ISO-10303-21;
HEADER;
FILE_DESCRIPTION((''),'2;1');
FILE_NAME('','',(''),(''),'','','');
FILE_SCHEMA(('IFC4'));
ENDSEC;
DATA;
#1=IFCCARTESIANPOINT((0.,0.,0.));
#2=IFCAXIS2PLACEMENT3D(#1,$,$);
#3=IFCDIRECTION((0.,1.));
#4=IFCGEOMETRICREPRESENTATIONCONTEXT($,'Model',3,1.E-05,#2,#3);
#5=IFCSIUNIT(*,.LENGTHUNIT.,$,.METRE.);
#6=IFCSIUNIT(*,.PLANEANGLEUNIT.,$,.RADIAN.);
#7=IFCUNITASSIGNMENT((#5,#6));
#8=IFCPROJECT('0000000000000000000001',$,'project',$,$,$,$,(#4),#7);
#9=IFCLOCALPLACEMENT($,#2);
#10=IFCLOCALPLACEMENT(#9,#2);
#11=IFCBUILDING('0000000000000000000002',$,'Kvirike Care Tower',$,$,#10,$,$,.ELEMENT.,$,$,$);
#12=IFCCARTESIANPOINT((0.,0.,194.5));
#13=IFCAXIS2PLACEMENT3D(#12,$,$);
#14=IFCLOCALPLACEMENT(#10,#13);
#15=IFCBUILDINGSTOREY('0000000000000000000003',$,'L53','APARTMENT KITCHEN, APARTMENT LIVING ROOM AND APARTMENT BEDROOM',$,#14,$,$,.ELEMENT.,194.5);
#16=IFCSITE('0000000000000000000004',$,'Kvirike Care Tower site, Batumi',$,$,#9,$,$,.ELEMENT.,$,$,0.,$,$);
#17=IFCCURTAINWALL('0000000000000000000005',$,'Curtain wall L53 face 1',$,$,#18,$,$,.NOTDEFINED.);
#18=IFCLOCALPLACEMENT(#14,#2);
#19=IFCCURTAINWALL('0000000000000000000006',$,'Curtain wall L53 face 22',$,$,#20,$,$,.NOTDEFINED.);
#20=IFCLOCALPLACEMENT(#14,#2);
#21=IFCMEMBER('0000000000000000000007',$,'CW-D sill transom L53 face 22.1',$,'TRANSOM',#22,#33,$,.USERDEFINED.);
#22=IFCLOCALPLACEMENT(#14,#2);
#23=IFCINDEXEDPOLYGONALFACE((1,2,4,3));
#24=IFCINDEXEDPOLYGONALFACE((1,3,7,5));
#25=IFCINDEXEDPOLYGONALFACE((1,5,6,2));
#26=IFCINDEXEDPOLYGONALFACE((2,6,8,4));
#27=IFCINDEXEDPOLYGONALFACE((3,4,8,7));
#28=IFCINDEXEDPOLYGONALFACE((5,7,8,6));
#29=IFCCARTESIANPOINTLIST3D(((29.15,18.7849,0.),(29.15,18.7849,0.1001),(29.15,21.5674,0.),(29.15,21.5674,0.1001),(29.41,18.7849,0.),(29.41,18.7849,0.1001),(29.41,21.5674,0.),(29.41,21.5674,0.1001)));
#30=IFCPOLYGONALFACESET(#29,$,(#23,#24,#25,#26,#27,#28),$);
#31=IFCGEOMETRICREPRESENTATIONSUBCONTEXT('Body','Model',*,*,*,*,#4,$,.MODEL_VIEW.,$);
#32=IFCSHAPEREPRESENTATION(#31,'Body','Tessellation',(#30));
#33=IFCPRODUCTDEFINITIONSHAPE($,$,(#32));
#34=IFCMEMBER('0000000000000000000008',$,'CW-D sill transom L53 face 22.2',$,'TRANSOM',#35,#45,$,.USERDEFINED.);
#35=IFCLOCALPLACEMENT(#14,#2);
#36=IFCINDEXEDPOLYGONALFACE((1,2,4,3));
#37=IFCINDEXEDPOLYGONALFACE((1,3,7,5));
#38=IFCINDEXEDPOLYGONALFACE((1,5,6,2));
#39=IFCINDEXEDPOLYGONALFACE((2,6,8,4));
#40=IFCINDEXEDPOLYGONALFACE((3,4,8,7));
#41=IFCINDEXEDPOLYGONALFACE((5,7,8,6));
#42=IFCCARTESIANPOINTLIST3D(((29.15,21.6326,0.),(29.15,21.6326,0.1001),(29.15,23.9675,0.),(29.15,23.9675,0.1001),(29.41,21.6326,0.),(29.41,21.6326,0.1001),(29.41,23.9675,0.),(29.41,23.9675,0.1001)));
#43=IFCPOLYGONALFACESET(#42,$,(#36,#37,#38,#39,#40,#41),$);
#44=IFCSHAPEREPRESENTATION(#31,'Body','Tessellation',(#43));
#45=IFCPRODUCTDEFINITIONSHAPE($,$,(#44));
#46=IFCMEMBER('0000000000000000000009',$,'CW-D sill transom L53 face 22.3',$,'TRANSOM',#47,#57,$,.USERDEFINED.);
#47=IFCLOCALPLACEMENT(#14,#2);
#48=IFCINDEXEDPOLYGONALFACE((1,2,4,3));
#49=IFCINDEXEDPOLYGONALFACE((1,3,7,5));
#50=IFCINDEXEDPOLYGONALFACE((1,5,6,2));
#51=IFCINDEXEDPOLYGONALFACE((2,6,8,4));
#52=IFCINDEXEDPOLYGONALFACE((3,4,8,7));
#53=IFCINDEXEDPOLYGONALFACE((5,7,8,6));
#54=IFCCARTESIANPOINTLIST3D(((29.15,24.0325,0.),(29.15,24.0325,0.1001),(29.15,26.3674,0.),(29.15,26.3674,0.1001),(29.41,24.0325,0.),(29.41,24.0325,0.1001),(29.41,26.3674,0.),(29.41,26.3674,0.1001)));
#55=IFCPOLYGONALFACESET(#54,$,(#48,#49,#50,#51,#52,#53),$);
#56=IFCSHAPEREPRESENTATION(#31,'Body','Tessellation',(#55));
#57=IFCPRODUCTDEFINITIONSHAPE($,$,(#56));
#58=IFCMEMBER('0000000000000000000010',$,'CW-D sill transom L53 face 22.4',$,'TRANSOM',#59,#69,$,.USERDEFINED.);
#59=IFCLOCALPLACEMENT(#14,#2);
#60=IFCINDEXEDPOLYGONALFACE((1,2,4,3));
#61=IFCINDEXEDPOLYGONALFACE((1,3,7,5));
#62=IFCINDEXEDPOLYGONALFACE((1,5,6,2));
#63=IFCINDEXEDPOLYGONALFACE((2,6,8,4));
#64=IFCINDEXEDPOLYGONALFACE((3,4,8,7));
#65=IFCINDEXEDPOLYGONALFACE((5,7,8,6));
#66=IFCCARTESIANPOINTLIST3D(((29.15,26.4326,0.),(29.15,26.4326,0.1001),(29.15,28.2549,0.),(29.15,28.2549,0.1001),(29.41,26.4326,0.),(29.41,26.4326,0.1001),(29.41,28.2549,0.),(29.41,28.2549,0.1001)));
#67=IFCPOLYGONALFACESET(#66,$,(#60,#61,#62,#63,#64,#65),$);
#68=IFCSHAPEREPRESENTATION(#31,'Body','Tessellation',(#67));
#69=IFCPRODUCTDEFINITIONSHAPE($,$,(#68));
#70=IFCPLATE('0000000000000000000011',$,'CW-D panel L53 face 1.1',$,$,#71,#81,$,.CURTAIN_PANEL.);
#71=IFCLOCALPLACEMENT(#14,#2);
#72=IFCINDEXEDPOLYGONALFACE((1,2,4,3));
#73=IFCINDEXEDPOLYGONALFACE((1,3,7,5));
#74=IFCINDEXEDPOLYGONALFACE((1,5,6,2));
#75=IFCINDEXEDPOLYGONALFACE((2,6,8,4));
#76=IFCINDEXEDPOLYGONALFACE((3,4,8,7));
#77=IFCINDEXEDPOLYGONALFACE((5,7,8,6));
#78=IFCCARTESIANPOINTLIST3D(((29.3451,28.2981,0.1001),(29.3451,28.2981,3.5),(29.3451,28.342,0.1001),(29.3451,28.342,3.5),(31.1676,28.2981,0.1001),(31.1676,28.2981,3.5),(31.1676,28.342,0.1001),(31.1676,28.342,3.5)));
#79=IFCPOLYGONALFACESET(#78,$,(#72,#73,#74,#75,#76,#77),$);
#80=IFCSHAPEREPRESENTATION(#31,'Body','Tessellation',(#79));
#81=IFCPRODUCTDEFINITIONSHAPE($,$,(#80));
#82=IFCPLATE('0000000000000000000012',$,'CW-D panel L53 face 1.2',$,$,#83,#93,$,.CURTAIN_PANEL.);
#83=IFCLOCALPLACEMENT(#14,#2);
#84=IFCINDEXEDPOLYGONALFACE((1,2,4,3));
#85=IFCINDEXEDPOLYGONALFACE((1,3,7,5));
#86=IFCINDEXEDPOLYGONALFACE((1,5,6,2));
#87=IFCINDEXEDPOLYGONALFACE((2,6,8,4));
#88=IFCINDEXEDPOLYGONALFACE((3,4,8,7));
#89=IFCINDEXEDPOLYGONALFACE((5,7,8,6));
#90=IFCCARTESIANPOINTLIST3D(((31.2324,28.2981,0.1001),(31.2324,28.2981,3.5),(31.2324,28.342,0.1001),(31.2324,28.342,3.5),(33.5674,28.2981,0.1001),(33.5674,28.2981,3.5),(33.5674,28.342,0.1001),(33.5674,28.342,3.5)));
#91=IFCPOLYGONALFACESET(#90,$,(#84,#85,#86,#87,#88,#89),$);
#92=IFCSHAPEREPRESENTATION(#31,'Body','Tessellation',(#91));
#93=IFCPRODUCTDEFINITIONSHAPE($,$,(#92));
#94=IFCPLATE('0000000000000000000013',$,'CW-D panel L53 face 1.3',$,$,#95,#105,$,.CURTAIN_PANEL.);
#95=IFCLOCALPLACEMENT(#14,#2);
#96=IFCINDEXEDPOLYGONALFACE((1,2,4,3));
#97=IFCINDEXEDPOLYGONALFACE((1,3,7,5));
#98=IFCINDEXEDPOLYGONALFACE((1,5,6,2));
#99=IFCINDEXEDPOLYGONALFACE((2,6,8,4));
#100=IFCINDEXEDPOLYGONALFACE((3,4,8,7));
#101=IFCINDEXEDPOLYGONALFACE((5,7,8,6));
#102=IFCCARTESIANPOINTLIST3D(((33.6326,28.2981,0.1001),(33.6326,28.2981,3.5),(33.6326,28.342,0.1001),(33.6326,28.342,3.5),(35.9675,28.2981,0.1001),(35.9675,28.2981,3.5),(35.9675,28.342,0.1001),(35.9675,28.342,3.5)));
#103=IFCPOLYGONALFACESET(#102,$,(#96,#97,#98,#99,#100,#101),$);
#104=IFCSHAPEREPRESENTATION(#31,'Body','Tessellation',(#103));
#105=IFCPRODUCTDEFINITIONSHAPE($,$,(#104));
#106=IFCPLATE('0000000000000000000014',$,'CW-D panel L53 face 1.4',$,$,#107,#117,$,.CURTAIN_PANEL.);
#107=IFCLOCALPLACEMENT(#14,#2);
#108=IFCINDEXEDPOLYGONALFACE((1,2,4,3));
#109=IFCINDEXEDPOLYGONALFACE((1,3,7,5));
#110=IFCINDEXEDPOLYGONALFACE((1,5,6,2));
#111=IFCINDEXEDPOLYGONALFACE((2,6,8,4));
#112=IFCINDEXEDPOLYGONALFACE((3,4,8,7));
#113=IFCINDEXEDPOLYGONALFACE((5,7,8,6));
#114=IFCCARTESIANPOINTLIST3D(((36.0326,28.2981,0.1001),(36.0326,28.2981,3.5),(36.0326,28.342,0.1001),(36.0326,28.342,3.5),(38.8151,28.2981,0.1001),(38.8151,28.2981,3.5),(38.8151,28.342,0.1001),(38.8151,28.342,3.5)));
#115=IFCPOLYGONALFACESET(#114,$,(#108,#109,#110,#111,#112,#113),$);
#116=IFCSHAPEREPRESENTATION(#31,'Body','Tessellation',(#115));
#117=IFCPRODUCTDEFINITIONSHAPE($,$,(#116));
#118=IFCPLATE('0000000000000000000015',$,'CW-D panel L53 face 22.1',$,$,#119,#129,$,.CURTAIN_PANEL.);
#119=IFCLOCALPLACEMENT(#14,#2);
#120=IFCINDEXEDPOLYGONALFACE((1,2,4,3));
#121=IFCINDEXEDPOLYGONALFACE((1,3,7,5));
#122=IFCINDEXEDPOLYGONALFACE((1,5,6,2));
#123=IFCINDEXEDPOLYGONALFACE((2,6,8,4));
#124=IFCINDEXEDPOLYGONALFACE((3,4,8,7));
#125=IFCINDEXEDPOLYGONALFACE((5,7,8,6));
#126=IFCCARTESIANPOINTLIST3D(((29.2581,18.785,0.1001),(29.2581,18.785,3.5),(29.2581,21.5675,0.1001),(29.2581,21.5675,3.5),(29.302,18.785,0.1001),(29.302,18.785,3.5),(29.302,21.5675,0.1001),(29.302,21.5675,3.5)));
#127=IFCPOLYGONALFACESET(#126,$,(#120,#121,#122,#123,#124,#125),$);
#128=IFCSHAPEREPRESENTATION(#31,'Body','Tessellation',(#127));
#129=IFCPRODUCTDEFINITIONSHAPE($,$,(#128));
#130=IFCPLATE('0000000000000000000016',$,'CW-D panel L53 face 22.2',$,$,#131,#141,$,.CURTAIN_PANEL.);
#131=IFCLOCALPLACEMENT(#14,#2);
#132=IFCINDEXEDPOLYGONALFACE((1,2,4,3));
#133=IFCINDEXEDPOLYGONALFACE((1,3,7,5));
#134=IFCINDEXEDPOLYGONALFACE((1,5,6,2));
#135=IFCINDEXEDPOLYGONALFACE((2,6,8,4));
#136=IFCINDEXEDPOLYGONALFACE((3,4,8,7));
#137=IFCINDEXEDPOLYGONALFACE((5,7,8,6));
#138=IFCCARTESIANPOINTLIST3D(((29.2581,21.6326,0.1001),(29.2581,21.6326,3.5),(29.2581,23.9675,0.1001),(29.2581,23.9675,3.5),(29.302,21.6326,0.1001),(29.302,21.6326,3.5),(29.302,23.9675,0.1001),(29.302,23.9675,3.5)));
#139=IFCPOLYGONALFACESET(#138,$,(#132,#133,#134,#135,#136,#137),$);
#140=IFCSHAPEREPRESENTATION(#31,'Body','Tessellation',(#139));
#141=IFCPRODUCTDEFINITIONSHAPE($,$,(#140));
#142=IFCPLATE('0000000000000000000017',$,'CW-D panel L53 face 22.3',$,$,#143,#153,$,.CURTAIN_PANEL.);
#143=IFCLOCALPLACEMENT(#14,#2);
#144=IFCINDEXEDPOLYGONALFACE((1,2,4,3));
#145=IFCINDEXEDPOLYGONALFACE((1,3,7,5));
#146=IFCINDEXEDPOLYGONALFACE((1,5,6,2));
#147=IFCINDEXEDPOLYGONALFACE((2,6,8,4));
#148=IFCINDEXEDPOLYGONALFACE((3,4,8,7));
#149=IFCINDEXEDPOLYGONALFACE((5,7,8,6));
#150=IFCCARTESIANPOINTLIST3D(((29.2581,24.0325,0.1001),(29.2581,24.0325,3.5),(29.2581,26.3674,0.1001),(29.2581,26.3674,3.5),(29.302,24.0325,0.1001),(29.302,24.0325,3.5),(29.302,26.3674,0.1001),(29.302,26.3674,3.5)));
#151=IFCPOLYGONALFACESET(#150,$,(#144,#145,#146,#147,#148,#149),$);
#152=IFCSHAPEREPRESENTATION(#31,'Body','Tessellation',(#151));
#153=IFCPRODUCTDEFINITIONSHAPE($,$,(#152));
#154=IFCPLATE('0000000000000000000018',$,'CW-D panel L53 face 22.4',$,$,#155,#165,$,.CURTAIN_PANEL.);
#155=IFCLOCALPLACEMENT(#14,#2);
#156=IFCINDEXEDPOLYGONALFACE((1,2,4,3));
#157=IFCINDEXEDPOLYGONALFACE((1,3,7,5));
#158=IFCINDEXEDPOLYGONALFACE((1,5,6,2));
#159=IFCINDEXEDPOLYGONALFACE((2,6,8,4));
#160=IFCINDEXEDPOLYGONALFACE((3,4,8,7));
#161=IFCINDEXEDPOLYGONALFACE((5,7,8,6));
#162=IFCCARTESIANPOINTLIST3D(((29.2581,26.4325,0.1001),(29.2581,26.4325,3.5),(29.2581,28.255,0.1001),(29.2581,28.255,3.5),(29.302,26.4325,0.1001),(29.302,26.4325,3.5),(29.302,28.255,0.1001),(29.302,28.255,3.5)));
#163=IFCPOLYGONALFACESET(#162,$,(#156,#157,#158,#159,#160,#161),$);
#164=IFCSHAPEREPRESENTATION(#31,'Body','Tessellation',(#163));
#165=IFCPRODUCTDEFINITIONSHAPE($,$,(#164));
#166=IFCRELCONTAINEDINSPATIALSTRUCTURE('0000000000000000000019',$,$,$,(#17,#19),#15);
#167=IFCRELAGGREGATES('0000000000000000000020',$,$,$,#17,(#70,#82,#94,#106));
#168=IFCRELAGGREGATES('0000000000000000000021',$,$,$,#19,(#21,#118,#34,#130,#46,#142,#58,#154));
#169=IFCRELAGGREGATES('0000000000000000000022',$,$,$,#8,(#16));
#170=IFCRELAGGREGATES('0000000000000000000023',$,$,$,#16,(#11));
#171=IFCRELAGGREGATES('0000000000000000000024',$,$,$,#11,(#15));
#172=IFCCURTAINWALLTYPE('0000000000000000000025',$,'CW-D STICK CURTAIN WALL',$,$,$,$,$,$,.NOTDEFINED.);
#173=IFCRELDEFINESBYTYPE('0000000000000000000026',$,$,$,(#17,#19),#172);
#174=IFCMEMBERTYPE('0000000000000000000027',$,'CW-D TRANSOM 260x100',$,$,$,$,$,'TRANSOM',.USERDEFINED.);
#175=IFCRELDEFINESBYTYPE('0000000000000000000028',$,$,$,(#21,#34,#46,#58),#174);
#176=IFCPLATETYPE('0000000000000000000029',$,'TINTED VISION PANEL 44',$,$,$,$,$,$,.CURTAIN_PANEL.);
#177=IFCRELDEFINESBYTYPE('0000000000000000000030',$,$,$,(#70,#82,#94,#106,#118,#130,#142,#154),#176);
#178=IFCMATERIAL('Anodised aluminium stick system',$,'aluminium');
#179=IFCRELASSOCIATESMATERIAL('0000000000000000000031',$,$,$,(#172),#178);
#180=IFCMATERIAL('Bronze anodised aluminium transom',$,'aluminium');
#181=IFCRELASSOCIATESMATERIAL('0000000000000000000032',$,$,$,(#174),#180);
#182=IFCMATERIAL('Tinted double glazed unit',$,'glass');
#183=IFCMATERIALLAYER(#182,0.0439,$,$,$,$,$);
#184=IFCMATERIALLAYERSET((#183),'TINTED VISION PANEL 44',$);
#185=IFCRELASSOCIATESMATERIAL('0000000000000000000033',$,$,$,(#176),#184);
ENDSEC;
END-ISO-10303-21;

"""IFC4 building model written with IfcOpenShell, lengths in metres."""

from ifc_helpers import new_model, si_unit, direction, frame, origin, origin_2d, place, context, subcontext, project, spatial, rectangle, extrude, material, layer, layer_set, material_profile, profile_set, type_object, element, aggregate, save


model = new_model("IFC4")

# Units and contexts
model_context = context("Model", 3, precision=1e-05, world=origin(), true_north=direction((0.0, 1.0)))
body_context = subcontext(model_context, "Body", "Model", "MODEL_VIEW")
ifc_project = project(units=[si_unit("LENGTHUNIT", "METRE"), si_unit("PLANEANGLEUNIT", "RADIAN")], contexts=[model_context])

# Site, building, storey
site_placement = place(None, origin())
site = spatial("IfcSite", under=ifc_project, at=site_placement, Name="Kvirike Care Tower site, Batumi", CompositionType="ELEMENT", RefElevation=0.0)
building_placement = place(site_placement, origin())
building = spatial("IfcBuilding", under=site, at=building_placement, Name="Kvirike Care Tower", CompositionType="ELEMENT")
storey_placement = place(building_placement, frame((0.0, 0.0, 194.5)))
storey = spatial("IfcBuildingStorey", under=building, at=storey_placement, Name="L53", Description="APARTMENT KITCHEN, APARTMENT LIVING ROOM AND APARTMENT BEDROOM", CompositionType="ELEMENT", Elevation=194.5)

# Curtain walls
ifc_material_1 = material(Name="Anodised aluminium stick system", Category="aluminium")
curtain_wall_type = type_object("IfcCurtainWallType", Name="CW-D STICK CURTAIN WALL", PredefinedType="NOTDEFINED", material=ifc_material_1)
curtain_wall_1_placement = place(storey_placement, origin())
curtain_wall_1 = element("IfcCurtainWall", 1, at=curtain_wall_1_placement, inside=storey, type_object=curtain_wall_type, Name="Curtain wall L53 face 1", PredefinedType="NOTDEFINED")
curtain_wall_2_placement = place(storey_placement, origin())
curtain_wall_2 = element("IfcCurtainWall", 2, at=curtain_wall_2_placement, inside=storey, type_object=curtain_wall_type, Name="Curtain wall L53 face 22", PredefinedType="NOTDEFINED")

# Members
ifc_material_2 = material(Name="Bronze anodised aluminium transom", Category="aluminium")
ifc_material_profile_1 = material_profile(ifc_material_2, rectangle(XDim=0.26, YDim=0.1001, at=origin_2d()), Name="CW-D TRANSOM 260x100")
ifc_profile_set_1 = profile_set([ifc_material_profile_1], Name="Bronze anodised aluminium transom")
member_type_1 = type_object("IfcMemberType", Name="CW-D TRANSOM 260x100", ElementType="TRANSOM", PredefinedType="USERDEFINED", material=ifc_profile_set_1)
member_1_placement = place(storey_placement, frame((29.28, 18.7849, 0.05), z_axis=(0.0, 1.0, 0.0), x_axis=(-1.0, 0.0, 0.0)))
member_1 = element("IfcMember", 3, at=member_1_placement, type_object=member_type_1, Name="CW-D sill transom L53 face 22.1", ObjectType="TRANSOM", PredefinedType="USERDEFINED", context=body_context, shape_type="SweptSolid", body=[
    extrude(rectangle(XDim=0.26, YDim=0.1001, at=origin_2d()), origin(), (0.0, 0.0, 1.0), 2.7825),
])
member_2_placement = place(storey_placement, frame((29.28, 21.6326, 0.05), z_axis=(0.0, 1.0, 0.0), x_axis=(-1.0, 0.0, 0.0)))
member_2 = element("IfcMember", 4, at=member_2_placement, type_object=member_type_1, Name="CW-D sill transom L53 face 22.2", ObjectType="TRANSOM", PredefinedType="USERDEFINED", context=body_context, shape_type="SweptSolid", body=[
    extrude(rectangle(XDim=0.26, YDim=0.1001, at=origin_2d()), origin(), (0.0, 0.0, 1.0), 2.335),
])
member_3_placement = place(storey_placement, frame((29.28, 24.0325, 0.05), z_axis=(0.0, 1.0, 0.0), x_axis=(-1.0, 0.0, 0.0)))
member_3 = element("IfcMember", 5, at=member_3_placement, type_object=member_type_1, Name="CW-D sill transom L53 face 22.3", ObjectType="TRANSOM", PredefinedType="USERDEFINED", context=body_context, shape_type="SweptSolid", body=[
    extrude(rectangle(XDim=0.26, YDim=0.1001, at=origin_2d()), origin(), (0.0, 0.0, 1.0), 2.335),
])
member_4_placement = place(storey_placement, frame((29.28, 26.4326, 0.05), z_axis=(0.0, 1.0, 0.0), x_axis=(-1.0, 0.0, 0.0)))
member_4 = element("IfcMember", 6, at=member_4_placement, type_object=member_type_1, Name="CW-D sill transom L53 face 22.4", ObjectType="TRANSOM", PredefinedType="USERDEFINED", context=body_context, shape_type="SweptSolid", body=[
    extrude(rectangle(XDim=0.26, YDim=0.1001, at=origin_2d()), origin(), (0.0, 0.0, 1.0), 1.8223),
])

# Plates
ifc_material_3 = material(Name="Tinted double glazed unit", Category="glass")
ifc_layer = layer(ifc_material_3, 0.0439)
ifc_layer_set = layer_set([ifc_layer], Name="TINTED VISION PANEL 44")
plate_type = type_object("IfcPlateType", Name="TINTED VISION PANEL 44", PredefinedType="CURTAIN_PANEL", material=ifc_layer_set)
plate_1_placement = place(storey_placement, frame((30.2563, 28.3201, 0.1001), z_axis=(0.0, 0.0, 1.0), x_axis=(1.0, 0.0, 0.0)))
plate_1 = element("IfcPlate", 7, at=plate_1_placement, type_object=plate_type, Name="CW-D panel L53 face 1.1", PredefinedType="CURTAIN_PANEL", context=body_context, shape_type="SweptSolid", body=[
    extrude(rectangle(XDim=1.8225, YDim=0.0439, at=origin_2d()), origin(), (0.0, 0.0, 1.0), 3.3999),
])
plate_2_placement = place(storey_placement, frame((32.3999, 28.3201, 0.1001), z_axis=(0.0, 0.0, 1.0), x_axis=(1.0, 0.0, 0.0)))
plate_2 = element("IfcPlate", 8, at=plate_2_placement, type_object=plate_type, Name="CW-D panel L53 face 1.2", PredefinedType="CURTAIN_PANEL", context=body_context, shape_type="SweptSolid", body=[
    extrude(rectangle(XDim=2.335, YDim=0.0439, at=origin_2d()), origin(), (0.0, 0.0, 1.0), 3.3999),
])
plate_3_placement = place(storey_placement, frame((34.8, 28.3201, 0.1001), z_axis=(0.0, 0.0, 1.0), x_axis=(1.0, 0.0, 0.0)))
plate_3 = element("IfcPlate", 9, at=plate_3_placement, type_object=plate_type, Name="CW-D panel L53 face 1.3", PredefinedType="CURTAIN_PANEL", context=body_context, shape_type="SweptSolid", body=[
    extrude(rectangle(XDim=2.335, YDim=0.0439, at=origin_2d()), origin(), (0.0, 0.0, 1.0), 3.3999),
])
plate_4_placement = place(storey_placement, frame((37.4238, 28.3201, 0.1001), z_axis=(0.0, 0.0, 1.0), x_axis=(1.0, 0.0, 0.0)))
plate_4 = element("IfcPlate", 10, at=plate_4_placement, type_object=plate_type, Name="CW-D panel L53 face 1.4", PredefinedType="CURTAIN_PANEL", context=body_context, shape_type="SweptSolid", body=[
    extrude(rectangle(XDim=2.7825, YDim=0.0439, at=origin_2d()), origin(), (0.0, 0.0, 1.0), 3.3999),
])
aggregate(curtain_wall_1, [plate_1, plate_2, plate_3, plate_4])
plate_5_placement = place(storey_placement, frame((29.28, 20.1763, 0.1001), z_axis=(0.0, 0.0, 1.0), x_axis=(0.0, 1.0, 0.0)))
plate_5 = element("IfcPlate", 11, at=plate_5_placement, type_object=plate_type, Name="CW-D panel L53 face 22.1", PredefinedType="CURTAIN_PANEL", context=body_context, shape_type="SweptSolid", body=[
    extrude(rectangle(XDim=2.7825, YDim=0.0439, at=origin_2d()), origin(), (0.0, 0.0, 1.0), 3.3999),
])
plate_6_placement = place(storey_placement, frame((29.28, 22.8, 0.1001), z_axis=(0.0, 0.0, 1.0), x_axis=(0.0, 1.0, 0.0)))
plate_6 = element("IfcPlate", 12, at=plate_6_placement, type_object=plate_type, Name="CW-D panel L53 face 22.2", PredefinedType="CURTAIN_PANEL", context=body_context, shape_type="SweptSolid", body=[
    extrude(rectangle(XDim=2.335, YDim=0.0439, at=origin_2d()), origin(), (0.0, 0.0, 1.0), 3.3999),
])
plate_7_placement = place(storey_placement, frame((29.28, 25.2, 0.1001), z_axis=(0.0, 0.0, 1.0), x_axis=(0.0, 1.0, 0.0)))
plate_7 = element("IfcPlate", 13, at=plate_7_placement, type_object=plate_type, Name="CW-D panel L53 face 22.3", PredefinedType="CURTAIN_PANEL", context=body_context, shape_type="SweptSolid", body=[
    extrude(rectangle(XDim=2.335, YDim=0.0439, at=origin_2d()), origin(), (0.0, 0.0, 1.0), 3.3999),
])
plate_8_placement = place(storey_placement, frame((29.28, 27.3438, 0.1001), z_axis=(0.0, 0.0, 1.0), x_axis=(0.0, 1.0, 0.0)))
plate_8 = element("IfcPlate", 14, at=plate_8_placement, type_object=plate_type, Name="CW-D panel L53 face 22.4", PredefinedType="CURTAIN_PANEL", context=body_context, shape_type="SweptSolid", body=[
    extrude(rectangle(XDim=1.8225, YDim=0.0439, at=origin_2d()), origin(), (0.0, 0.0, 1.0), 3.3999),
])
aggregate(curtain_wall_2, [member_1, plate_5, member_2, plate_6, member_3, plate_7, member_4, plate_8])

save(model, "model.ifc")
